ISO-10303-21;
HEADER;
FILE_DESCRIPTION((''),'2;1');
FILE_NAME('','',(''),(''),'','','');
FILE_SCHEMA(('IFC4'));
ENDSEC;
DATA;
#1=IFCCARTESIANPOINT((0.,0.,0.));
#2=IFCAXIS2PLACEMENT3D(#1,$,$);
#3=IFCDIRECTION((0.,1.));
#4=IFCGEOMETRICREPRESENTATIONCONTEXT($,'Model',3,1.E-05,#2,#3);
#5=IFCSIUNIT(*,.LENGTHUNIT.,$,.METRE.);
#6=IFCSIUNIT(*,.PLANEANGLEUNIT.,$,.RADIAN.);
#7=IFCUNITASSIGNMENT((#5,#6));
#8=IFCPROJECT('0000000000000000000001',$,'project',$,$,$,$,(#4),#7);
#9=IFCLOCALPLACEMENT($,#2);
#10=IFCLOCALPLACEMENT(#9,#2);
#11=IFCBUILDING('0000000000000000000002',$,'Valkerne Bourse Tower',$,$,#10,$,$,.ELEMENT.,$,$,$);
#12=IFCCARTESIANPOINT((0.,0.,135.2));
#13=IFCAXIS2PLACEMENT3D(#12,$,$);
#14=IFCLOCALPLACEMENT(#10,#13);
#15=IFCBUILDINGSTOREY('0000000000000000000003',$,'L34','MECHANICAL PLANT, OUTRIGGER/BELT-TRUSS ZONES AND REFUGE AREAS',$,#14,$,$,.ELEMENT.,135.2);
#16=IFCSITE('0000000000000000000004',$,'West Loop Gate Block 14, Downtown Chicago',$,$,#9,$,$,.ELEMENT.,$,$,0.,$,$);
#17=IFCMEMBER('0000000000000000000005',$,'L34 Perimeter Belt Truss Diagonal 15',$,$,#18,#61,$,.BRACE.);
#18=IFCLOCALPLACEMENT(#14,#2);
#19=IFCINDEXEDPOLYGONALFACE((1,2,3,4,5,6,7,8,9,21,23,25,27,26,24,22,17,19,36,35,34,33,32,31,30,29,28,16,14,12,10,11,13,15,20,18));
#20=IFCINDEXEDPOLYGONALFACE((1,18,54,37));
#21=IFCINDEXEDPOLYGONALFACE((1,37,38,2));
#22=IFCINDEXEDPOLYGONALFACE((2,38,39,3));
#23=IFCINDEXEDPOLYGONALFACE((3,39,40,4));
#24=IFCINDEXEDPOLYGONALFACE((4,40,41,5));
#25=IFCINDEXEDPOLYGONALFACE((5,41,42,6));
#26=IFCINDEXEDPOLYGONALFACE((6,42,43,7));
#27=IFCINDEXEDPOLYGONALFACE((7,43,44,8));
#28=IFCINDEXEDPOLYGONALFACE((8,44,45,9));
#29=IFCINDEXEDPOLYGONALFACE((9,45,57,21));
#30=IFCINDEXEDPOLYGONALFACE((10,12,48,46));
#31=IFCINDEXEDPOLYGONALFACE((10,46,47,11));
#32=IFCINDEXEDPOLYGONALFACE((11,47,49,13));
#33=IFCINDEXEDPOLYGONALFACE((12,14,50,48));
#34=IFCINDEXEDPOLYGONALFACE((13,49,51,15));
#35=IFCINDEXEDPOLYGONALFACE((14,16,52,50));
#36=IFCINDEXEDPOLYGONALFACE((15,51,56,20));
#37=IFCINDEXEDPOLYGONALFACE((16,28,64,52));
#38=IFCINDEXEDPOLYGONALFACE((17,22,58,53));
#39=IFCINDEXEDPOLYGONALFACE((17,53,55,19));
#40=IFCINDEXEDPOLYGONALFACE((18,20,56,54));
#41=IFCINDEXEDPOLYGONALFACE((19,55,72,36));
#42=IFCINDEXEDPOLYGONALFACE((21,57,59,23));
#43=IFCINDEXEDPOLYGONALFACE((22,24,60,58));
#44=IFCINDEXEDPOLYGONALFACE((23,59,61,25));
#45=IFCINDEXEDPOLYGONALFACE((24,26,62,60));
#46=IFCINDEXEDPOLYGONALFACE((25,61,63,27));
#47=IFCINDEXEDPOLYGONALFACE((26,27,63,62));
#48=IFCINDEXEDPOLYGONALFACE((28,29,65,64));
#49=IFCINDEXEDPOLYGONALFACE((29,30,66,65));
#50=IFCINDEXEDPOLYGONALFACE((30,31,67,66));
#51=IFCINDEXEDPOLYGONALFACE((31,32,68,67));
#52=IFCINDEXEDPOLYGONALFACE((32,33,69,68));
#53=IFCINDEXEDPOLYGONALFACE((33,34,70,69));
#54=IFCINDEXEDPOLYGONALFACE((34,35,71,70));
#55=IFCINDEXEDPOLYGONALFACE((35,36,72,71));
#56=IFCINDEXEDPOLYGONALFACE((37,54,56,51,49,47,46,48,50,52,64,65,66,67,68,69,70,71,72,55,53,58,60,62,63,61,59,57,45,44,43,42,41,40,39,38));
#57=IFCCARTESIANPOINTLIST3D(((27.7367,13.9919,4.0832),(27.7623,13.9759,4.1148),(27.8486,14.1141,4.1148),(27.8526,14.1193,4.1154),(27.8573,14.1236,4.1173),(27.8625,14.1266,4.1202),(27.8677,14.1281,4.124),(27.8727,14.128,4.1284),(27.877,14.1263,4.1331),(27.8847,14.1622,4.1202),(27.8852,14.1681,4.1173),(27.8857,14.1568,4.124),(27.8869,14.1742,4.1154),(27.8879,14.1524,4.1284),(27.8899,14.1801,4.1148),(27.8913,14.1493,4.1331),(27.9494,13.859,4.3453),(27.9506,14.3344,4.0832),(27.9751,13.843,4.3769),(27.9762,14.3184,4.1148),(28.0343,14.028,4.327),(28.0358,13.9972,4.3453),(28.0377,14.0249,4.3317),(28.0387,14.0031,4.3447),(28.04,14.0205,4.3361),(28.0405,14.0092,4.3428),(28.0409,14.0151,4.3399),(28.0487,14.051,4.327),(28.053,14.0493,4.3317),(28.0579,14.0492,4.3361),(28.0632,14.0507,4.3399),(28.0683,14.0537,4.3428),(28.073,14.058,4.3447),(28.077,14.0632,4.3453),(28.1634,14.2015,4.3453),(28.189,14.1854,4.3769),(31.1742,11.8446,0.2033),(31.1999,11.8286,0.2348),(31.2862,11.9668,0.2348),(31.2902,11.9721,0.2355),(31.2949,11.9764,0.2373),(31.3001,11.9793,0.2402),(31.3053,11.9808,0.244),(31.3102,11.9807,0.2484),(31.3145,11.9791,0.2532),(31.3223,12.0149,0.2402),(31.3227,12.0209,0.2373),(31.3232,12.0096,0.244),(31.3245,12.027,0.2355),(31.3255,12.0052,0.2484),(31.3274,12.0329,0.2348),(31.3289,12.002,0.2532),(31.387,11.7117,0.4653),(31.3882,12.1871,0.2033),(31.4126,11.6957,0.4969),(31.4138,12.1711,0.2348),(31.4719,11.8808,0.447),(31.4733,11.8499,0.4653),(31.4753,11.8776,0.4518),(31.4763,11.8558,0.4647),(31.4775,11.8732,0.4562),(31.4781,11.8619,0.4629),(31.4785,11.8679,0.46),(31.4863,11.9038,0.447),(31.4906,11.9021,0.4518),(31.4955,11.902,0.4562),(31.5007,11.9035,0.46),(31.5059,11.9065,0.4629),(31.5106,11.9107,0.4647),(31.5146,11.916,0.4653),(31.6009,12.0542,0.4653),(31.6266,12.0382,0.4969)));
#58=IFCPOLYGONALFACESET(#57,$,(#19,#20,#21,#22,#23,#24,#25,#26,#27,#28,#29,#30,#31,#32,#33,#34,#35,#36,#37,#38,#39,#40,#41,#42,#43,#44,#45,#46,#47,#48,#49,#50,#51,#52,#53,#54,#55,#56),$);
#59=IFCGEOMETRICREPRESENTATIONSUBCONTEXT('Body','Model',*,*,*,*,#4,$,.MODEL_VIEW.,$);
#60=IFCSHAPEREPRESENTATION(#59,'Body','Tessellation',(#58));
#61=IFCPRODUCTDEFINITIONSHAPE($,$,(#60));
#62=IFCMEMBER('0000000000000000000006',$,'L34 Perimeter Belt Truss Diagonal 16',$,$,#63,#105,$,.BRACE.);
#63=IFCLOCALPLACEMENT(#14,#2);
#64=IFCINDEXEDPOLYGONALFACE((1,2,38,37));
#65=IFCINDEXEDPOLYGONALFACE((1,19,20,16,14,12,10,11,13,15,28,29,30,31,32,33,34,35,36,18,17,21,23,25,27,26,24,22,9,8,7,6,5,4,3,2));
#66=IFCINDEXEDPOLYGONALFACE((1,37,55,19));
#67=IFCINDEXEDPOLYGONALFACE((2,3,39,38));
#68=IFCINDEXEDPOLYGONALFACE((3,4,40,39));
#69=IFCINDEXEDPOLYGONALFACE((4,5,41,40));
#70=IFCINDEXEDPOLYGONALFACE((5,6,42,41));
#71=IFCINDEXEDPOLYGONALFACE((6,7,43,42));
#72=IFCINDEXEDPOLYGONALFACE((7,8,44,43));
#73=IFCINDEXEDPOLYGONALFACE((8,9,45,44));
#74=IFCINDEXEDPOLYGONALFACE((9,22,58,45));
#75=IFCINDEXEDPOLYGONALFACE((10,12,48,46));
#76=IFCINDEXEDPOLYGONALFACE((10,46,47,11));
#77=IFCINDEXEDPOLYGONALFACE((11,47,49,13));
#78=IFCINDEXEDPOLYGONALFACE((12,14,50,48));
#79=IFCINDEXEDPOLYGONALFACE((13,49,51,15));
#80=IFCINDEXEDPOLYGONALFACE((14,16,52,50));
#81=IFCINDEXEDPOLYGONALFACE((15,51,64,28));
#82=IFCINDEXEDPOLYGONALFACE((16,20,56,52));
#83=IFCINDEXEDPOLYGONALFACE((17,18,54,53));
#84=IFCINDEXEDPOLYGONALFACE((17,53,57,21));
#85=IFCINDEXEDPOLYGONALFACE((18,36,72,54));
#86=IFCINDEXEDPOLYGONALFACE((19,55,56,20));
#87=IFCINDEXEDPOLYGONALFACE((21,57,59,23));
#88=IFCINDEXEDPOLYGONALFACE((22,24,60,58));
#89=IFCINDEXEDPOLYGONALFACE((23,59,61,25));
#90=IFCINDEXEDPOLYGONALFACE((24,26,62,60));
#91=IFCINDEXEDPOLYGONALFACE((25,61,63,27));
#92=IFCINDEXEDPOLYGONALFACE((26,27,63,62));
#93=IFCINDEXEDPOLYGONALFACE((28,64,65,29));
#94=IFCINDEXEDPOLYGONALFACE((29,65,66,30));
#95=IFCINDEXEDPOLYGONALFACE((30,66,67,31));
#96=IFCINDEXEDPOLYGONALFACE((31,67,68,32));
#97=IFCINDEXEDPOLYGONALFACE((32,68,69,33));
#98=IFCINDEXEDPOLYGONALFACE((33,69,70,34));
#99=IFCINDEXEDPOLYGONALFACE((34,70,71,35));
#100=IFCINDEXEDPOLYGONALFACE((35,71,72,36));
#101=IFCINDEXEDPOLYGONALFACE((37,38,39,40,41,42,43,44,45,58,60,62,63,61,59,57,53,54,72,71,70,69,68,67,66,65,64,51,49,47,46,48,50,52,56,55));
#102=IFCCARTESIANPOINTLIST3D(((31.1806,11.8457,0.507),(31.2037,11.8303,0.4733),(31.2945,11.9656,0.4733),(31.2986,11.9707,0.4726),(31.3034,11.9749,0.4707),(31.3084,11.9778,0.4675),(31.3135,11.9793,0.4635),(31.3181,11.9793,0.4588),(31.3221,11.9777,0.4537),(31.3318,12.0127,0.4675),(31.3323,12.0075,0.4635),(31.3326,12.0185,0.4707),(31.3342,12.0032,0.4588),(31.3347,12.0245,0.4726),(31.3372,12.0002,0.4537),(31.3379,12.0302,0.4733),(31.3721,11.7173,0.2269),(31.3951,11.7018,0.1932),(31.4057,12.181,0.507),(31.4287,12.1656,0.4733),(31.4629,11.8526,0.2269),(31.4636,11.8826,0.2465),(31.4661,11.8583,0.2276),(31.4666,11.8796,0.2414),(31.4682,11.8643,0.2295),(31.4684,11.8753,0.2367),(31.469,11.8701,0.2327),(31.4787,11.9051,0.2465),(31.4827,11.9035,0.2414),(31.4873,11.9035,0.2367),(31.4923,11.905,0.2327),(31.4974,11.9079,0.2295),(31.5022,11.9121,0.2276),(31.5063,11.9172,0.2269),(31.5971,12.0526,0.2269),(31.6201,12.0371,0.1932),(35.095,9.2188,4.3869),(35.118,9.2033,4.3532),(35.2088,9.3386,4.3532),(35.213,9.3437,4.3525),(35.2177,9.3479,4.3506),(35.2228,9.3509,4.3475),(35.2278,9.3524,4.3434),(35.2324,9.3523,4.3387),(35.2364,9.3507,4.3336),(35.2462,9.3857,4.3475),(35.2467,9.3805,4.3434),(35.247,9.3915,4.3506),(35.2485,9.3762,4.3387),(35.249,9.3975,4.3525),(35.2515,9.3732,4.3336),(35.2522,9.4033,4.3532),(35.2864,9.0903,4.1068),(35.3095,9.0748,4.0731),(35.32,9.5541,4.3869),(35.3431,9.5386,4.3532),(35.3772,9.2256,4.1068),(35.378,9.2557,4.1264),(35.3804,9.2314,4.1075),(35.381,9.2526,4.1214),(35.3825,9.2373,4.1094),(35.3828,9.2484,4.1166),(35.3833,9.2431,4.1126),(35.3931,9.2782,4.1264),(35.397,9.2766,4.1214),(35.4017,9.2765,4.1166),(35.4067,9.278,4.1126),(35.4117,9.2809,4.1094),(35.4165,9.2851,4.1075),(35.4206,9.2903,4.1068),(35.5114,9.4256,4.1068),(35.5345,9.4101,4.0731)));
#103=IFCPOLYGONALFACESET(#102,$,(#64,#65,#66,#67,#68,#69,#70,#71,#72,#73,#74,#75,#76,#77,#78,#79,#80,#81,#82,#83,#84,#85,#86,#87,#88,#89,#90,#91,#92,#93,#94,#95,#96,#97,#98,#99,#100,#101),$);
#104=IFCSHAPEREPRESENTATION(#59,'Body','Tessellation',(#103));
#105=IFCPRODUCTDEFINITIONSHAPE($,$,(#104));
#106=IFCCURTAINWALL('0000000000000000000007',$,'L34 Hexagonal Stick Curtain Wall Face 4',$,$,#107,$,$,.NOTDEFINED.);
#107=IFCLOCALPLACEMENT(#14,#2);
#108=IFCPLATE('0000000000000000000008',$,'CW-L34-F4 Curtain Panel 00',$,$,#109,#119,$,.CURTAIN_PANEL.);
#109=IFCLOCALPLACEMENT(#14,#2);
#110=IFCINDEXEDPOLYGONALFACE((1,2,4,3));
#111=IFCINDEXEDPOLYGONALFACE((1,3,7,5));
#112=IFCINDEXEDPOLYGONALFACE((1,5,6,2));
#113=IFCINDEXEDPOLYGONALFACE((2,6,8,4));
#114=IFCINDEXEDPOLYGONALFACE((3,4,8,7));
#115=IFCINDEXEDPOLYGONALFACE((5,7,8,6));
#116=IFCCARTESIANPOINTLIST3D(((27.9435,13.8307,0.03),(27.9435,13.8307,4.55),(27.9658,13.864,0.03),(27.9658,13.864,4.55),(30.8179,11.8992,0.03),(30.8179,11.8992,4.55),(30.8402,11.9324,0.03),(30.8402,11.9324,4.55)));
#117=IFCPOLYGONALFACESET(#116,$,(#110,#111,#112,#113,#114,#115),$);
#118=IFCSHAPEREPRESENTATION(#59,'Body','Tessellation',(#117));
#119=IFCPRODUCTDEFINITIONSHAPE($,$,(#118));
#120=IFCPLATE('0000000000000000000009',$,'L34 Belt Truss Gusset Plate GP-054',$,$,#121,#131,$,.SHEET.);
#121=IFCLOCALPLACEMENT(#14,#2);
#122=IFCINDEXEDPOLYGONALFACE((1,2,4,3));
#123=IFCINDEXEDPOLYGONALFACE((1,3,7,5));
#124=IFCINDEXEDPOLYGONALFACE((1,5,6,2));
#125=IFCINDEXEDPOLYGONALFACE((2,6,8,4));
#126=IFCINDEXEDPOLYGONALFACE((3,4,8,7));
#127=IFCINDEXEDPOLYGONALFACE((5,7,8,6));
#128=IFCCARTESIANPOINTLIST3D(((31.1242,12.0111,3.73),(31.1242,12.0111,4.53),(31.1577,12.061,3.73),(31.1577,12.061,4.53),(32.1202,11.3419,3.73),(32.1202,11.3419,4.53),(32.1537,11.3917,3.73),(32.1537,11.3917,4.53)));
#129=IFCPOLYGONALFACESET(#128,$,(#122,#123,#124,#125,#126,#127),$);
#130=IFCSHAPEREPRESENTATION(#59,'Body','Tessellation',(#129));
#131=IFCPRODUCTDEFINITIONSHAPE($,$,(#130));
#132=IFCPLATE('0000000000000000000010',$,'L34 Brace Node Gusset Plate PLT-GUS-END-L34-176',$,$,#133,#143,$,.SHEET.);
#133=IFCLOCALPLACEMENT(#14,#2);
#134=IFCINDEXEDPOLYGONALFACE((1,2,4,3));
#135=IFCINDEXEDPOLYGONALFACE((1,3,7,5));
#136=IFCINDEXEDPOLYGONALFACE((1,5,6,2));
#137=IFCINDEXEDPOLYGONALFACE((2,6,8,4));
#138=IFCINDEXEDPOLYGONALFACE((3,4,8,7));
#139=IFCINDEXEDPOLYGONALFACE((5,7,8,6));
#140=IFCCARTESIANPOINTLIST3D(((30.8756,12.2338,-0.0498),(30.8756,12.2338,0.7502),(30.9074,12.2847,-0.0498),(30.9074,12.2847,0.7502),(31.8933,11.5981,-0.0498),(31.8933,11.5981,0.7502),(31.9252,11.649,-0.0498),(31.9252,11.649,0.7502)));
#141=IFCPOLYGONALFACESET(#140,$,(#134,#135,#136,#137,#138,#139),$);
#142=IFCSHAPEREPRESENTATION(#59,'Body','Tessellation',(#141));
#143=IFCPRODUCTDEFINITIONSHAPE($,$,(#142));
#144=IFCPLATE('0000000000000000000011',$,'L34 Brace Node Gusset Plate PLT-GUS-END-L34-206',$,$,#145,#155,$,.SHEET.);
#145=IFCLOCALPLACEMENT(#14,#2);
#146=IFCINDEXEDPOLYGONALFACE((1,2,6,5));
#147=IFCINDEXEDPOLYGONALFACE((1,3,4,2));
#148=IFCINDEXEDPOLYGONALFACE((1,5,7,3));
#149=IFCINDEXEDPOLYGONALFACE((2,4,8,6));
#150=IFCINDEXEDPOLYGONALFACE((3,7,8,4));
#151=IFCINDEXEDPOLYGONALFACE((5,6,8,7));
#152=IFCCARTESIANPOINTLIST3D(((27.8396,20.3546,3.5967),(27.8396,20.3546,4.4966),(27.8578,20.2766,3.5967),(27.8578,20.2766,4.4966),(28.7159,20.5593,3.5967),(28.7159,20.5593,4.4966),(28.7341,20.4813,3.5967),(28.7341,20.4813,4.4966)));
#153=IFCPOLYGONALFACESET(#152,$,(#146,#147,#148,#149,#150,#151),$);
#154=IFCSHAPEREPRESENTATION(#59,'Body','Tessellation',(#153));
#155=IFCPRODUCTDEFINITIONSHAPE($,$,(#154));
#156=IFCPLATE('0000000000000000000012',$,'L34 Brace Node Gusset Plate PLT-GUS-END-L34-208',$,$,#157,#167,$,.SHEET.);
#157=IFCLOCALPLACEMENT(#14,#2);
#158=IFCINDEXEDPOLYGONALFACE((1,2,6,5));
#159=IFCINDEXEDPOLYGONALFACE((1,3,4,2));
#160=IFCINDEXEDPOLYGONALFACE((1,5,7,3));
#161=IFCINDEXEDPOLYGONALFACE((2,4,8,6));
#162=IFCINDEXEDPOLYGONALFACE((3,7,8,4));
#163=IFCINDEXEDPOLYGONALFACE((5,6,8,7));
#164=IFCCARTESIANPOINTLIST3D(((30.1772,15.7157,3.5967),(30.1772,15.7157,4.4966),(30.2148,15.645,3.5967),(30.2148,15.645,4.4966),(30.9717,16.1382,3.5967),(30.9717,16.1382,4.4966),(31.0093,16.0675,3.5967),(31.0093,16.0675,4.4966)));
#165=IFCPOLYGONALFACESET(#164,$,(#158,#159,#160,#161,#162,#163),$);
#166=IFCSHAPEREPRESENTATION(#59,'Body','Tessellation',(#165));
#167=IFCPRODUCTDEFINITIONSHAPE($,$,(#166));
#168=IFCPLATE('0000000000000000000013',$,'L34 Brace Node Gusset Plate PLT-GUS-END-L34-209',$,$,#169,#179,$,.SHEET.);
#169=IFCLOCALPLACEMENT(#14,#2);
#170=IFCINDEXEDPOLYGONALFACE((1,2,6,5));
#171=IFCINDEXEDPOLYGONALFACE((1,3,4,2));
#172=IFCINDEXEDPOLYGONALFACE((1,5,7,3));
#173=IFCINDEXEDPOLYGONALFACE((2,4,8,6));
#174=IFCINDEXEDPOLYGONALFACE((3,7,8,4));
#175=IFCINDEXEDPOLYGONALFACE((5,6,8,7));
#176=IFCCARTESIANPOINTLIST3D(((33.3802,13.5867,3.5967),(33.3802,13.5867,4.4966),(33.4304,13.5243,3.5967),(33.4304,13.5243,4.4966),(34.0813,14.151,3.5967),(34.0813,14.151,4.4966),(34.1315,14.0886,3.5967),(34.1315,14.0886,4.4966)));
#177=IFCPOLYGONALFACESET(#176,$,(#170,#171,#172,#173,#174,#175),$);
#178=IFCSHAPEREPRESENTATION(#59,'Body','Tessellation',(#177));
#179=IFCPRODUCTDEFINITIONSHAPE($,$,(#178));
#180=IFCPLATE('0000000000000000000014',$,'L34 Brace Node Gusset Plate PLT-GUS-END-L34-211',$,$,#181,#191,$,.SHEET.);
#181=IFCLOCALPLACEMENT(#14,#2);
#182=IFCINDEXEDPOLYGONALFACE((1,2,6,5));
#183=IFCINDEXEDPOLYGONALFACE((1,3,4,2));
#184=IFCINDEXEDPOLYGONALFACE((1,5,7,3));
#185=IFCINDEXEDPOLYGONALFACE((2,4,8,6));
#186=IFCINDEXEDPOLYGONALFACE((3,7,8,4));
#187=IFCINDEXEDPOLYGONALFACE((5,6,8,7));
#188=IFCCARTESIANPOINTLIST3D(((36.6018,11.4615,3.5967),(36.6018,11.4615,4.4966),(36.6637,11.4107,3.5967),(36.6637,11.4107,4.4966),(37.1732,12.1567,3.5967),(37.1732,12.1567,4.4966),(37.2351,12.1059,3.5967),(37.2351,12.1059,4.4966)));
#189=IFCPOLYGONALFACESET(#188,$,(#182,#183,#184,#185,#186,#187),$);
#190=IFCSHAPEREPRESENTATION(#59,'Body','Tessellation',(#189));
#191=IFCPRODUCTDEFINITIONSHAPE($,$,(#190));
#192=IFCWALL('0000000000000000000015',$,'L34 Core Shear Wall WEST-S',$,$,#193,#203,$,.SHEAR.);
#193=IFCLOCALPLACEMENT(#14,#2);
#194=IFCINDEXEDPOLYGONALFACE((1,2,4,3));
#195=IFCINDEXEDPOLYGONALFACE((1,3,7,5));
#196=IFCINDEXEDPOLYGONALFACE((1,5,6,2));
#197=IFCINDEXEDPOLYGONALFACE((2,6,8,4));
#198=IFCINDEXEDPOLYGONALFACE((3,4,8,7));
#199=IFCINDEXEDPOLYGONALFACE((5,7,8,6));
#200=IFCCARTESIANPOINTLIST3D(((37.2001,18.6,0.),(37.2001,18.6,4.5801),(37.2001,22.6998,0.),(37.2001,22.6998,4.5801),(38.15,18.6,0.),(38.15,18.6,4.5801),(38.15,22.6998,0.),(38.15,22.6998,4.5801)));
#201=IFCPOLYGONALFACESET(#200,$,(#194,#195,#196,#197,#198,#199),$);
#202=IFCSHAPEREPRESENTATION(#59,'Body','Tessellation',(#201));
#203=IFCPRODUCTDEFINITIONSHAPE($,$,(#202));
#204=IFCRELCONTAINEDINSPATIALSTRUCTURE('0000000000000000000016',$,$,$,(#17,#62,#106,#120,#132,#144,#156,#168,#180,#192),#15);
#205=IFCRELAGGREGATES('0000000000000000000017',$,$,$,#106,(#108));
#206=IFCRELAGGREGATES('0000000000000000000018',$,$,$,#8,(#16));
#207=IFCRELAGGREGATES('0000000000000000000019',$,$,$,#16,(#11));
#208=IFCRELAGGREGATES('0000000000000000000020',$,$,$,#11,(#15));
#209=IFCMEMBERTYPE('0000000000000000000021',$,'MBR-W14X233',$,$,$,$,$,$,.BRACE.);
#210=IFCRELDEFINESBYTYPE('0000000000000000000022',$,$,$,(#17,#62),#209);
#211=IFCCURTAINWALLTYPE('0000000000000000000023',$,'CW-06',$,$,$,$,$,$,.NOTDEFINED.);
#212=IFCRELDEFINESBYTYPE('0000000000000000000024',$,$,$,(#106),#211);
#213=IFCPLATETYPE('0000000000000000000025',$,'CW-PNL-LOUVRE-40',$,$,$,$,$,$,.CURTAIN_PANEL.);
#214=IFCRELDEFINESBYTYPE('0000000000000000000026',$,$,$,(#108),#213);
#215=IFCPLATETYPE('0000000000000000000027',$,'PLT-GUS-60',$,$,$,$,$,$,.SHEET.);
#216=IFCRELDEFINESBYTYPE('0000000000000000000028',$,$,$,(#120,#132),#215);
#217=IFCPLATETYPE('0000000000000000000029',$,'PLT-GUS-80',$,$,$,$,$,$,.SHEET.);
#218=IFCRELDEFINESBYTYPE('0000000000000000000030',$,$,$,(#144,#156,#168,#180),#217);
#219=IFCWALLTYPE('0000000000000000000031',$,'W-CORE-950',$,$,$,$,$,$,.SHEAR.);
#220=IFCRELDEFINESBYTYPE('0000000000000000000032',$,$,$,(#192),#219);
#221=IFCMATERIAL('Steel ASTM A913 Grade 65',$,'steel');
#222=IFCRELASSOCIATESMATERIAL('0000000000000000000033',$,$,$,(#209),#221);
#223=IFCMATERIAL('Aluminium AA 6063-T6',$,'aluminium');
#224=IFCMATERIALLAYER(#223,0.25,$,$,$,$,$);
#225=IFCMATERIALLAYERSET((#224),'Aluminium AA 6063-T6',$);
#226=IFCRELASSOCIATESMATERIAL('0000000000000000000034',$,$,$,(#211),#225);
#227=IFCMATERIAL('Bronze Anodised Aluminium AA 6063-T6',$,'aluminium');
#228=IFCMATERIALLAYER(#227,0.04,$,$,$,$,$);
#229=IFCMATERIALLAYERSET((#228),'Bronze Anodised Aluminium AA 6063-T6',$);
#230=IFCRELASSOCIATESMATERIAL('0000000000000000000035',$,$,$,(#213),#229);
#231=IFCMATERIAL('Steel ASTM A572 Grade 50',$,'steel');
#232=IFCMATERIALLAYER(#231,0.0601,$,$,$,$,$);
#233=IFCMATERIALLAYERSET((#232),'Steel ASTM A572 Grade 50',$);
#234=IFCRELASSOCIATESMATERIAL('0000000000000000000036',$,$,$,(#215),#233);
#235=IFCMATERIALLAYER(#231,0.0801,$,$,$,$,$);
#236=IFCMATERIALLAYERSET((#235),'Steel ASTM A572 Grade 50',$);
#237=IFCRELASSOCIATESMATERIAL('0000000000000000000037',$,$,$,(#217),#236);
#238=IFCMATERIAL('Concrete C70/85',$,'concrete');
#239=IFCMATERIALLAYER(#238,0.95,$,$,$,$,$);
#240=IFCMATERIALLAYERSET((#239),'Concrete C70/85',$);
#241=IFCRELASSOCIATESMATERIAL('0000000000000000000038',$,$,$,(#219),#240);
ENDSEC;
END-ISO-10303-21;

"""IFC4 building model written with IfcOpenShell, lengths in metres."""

from ifc_helpers import new_model, si_unit, direction, frame, frame_2d, origin, origin_2d, place, context, subcontext, project, spatial, rectangle, i_section, extrude, material, layer, layer_set, material_profile, profile_set, type_object, element, aggregate, save


model = new_model("IFC4")

# Units and contexts
model_context = context("Model", 3, precision=1e-05, world=origin(), true_north=direction((0.0, 1.0)))
body_context = subcontext(model_context, "Body", "Model", "MODEL_VIEW")
ifc_project = project(units=[si_unit("LENGTHUNIT", "METRE"), si_unit("PLANEANGLEUNIT", "RADIAN")], contexts=[model_context])

# Site, building, storey
site_placement = place(None, origin())
site = spatial("IfcSite", under=ifc_project, at=site_placement, Name="West Loop Gate Block 14, Downtown Chicago", CompositionType="ELEMENT", RefElevation=0.0)
building_placement = place(site_placement, origin())
building = spatial("IfcBuilding", under=site, at=building_placement, Name="Valkerne Bourse Tower", CompositionType="ELEMENT")
storey_placement = place(building_placement, frame((0.0, 0.0, 135.2)))
storey = spatial("IfcBuildingStorey", under=building, at=storey_placement, Name="L34", Description="MECHANICAL PLANT, OUTRIGGER/BELT-TRUSS ZONES AND REFUGE AREAS", CompositionType="ELEMENT", Elevation=135.2)

# Shared definitions
ifc_material_1 = material(Name="Steel ASTM A913 Grade 65", Category="steel")

# Members
ifc_material_profile_1 = material_profile(ifc_material_1, i_section(OverallWidth=0.4038, OverallDepth=0.4065, WebThickness=0.0271, FlangeThickness=0.0437, FilletRadius=0.0254, at=origin_2d()), Name="W14X233")
ifc_profile_set_1 = profile_set([ifc_material_profile_1], Name="Steel ASTM A913 Grade 65")
member_type_1 = type_object("IfcMemberType", Name="MBR-W14X233", PredefinedType="BRACE", material=ifc_profile_set_1)
member_1_placement = place(storey_placement, frame((31.4004, 11.9414, 0.3501), z_axis=(-0.612664, 0.382697, 0.69151), x_axis=(-0.529782, -0.848134, 0.0)))
element("IfcMember", 1, at=member_1_placement, inside=storey, type_object=member_type_1, Name="L34 Perimeter Belt Truss Diagonal 15", PredefinedType="BRACE", context=body_context, shape_type="SweptSolid", body=[
    extrude(i_section(OverallWidth=0.4038, OverallDepth=0.4065, WebThickness=0.0271, FlangeThickness=0.0437, FilletRadius=0.0254, at=origin_2d()), origin(), (0.0, 0.0, 1.0), 5.6108),
])
member_2_placement = place(storey_placement, frame((31.4004, 11.9414, 0.3501), z_axis=(0.64112, -0.430266, 0.635482), x_axis=(0.557255, 0.830341, 0.0)))
element("IfcMember", 2, at=member_2_placement, inside=storey, type_object=member_type_1, Name="L34 Perimeter Belt Truss Diagonal 16", PredefinedType="BRACE", context=body_context, shape_type="SweptSolid", body=[
    extrude(i_section(OverallWidth=0.4038, OverallDepth=0.4065, WebThickness=0.0271, FlangeThickness=0.0437, FilletRadius=0.0254, at=origin_2d()), origin(), (0.0, 0.0, 1.0), 6.1055),
])

# Curtain wall, plate
ifc_material_2 = material(Name="Aluminium AA 6063-T6", Category="aluminium")
ifc_layer_1 = layer(ifc_material_2, 0.25)
ifc_layer_set_1 = layer_set([ifc_layer_1], Name="Aluminium AA 6063-T6")
curtain_wall_type = type_object("IfcCurtainWallType", Name="CW-06", PredefinedType="NOTDEFINED", material=ifc_layer_set_1)
curtain_wall_placement = place(storey_placement, origin())
curtain_wall = element("IfcCurtainWall", 3, at=curtain_wall_placement, inside=storey, type_object=curtain_wall_type, Name="L34 Hexagonal Stick Curtain Wall Face 4", PredefinedType="NOTDEFINED")
ifc_material_3 = material(Name="Bronze Anodised Aluminium AA 6063-T6", Category="aluminium")
ifc_layer_2 = layer(ifc_material_3, 0.04)
ifc_layer_set_2 = layer_set([ifc_layer_2], Name="Bronze Anodised Aluminium AA 6063-T6")
plate_type_1 = type_object("IfcPlateType", Name="CW-PNL-LOUVRE-40", PredefinedType="CURTAIN_PANEL", material=ifc_layer_set_2)
plate_placement = place(storey_placement, frame((29.3918, 12.8816, 0.03), z_axis=(0.0, 0.0, 1.0), x_axis=(0.830016, -0.55774, 0.0)))
plate = element("IfcPlate", 4, at=plate_placement, type_object=plate_type_1, Name="CW-L34-F4 Curtain Panel 00", PredefinedType="CURTAIN_PANEL", context=body_context, shape_type="SweptSolid", body=[
    extrude(rectangle(XDim=3.4631, YDim=0.04, at=origin_2d()), origin(), (0.0, 0.0, 1.0), 4.52),
])
aggregate(curtain_wall, [plate])

# Plates
ifc_material_4 = material(Name="Steel ASTM A572 Grade 50", Category="steel")
ifc_layer_3 = layer(ifc_material_4, 0.0601)
ifc_layer_set_3 = layer_set([ifc_layer_3], Name="Steel ASTM A572 Grade 50")
plate_type_2 = type_object("IfcPlateType", Name="PLT-GUS-60", PredefinedType="SHEET", material=ifc_layer_set_3)
for number, where, z_axis, x_axis, name in (
    (5, (31.6389, 11.7014, 3.73), (0.0, 0.0, 1.0), (0.830012, -0.557745, 0.0), "L34 Belt Truss Gusset Plate GP-054"),
    (6, (31.4004, 11.9414, -0.0498), (0.0, 0.0, 1.0), (-0.848141, 0.529771, 0.0), "L34 Brace Node Gusset Plate PLT-GUS-END-L34-176"),
):
    element("IfcPlate", number, at=place(storey_placement, frame(where, z_axis=z_axis, x_axis=x_axis)), inside=storey, type_object=plate_type_2, Name=name, PredefinedType="SHEET", context=body_context, shape_type="SweptSolid", body=[
        extrude(rectangle(XDim=1.2, YDim=0.0601, at=origin_2d()), origin(), (0.0, 0.0, 1.0), 0.8),
    ])
ifc_layer_4 = layer(ifc_material_4, 0.0801)
ifc_layer_set_4 = layer_set([ifc_layer_4], Name="Steel ASTM A572 Grade 50")
plate_type_3 = type_object("IfcPlateType", Name="PLT-GUS-80", PredefinedType="SHEET", material=ifc_layer_set_4)
for number, where, z_axis, x_axis, name in (
    (7, (28.2869, 20.418, 3.5967), (0.0, 0.0, 1.0), (0.973778, 0.227501, 0.0), "L34 Brace Node Gusset Plate PLT-GUS-END-L34-206"),
    (8, (30.5933, 15.8916, 3.5967), (0.0, 0.0, 1.0), (0.882948, 0.469472, 0.0), "L34 Brace Node Gusset Plate PLT-GUS-END-L34-208"),
    (9, (33.7559, 13.8376, 3.5967), (0.0, 0.0, 1.0), (0.77901, 0.627012, 0.0), "L34 Brace Node Gusset Plate PLT-GUS-END-L34-209"),
    (10, (36.9185, 11.7837, 3.5967), (0.0, 0.0, 1.0), (0.635, 0.772512, 0.0), "L34 Brace Node Gusset Plate PLT-GUS-END-L34-211"),
):
    element("IfcPlate", number, at=place(storey_placement, frame(where, z_axis=z_axis, x_axis=x_axis)), inside=storey, type_object=plate_type_3, Name=name, PredefinedType="SHEET", context=body_context, shape_type="SweptSolid", body=[
        extrude(rectangle(XDim=0.8999, YDim=0.0801, at=origin_2d()), origin(), (0.0, 0.0, 1.0), 0.8999),
    ])

# Shared definitions
ifc_material_5 = material(Name="Concrete C70/85", Category="concrete")
ifc_layer_5 = layer(ifc_material_5, 0.95)
ifc_layer_set_5 = layer_set([ifc_layer_5], Name="Concrete C70/85")
wall_type_1 = type_object("IfcWallType", Name="W-CORE-950", PredefinedType="SHEAR", material=ifc_layer_set_5)

# Wall
wall_1_placement = place(storey_placement, frame((37.675, 18.6001, 0.0), z_axis=(0.0, 0.0, 1.0), x_axis=(0.0, 1.0, 0.0)))
element("IfcWall", 11, at=wall_1_placement, inside=storey, type_object=wall_type_1, Name="L34 Core Shear Wall WEST-S", PredefinedType="SHEAR", context=body_context, shape_type="SweptSolid", body=[
    extrude(rectangle(XDim=4.0999, YDim=0.95, at=frame_2d((2.0498, 0.0))), origin(), (0.0, 0.0, 1.0), 4.5801),
])

save(model, "model.ifc")
